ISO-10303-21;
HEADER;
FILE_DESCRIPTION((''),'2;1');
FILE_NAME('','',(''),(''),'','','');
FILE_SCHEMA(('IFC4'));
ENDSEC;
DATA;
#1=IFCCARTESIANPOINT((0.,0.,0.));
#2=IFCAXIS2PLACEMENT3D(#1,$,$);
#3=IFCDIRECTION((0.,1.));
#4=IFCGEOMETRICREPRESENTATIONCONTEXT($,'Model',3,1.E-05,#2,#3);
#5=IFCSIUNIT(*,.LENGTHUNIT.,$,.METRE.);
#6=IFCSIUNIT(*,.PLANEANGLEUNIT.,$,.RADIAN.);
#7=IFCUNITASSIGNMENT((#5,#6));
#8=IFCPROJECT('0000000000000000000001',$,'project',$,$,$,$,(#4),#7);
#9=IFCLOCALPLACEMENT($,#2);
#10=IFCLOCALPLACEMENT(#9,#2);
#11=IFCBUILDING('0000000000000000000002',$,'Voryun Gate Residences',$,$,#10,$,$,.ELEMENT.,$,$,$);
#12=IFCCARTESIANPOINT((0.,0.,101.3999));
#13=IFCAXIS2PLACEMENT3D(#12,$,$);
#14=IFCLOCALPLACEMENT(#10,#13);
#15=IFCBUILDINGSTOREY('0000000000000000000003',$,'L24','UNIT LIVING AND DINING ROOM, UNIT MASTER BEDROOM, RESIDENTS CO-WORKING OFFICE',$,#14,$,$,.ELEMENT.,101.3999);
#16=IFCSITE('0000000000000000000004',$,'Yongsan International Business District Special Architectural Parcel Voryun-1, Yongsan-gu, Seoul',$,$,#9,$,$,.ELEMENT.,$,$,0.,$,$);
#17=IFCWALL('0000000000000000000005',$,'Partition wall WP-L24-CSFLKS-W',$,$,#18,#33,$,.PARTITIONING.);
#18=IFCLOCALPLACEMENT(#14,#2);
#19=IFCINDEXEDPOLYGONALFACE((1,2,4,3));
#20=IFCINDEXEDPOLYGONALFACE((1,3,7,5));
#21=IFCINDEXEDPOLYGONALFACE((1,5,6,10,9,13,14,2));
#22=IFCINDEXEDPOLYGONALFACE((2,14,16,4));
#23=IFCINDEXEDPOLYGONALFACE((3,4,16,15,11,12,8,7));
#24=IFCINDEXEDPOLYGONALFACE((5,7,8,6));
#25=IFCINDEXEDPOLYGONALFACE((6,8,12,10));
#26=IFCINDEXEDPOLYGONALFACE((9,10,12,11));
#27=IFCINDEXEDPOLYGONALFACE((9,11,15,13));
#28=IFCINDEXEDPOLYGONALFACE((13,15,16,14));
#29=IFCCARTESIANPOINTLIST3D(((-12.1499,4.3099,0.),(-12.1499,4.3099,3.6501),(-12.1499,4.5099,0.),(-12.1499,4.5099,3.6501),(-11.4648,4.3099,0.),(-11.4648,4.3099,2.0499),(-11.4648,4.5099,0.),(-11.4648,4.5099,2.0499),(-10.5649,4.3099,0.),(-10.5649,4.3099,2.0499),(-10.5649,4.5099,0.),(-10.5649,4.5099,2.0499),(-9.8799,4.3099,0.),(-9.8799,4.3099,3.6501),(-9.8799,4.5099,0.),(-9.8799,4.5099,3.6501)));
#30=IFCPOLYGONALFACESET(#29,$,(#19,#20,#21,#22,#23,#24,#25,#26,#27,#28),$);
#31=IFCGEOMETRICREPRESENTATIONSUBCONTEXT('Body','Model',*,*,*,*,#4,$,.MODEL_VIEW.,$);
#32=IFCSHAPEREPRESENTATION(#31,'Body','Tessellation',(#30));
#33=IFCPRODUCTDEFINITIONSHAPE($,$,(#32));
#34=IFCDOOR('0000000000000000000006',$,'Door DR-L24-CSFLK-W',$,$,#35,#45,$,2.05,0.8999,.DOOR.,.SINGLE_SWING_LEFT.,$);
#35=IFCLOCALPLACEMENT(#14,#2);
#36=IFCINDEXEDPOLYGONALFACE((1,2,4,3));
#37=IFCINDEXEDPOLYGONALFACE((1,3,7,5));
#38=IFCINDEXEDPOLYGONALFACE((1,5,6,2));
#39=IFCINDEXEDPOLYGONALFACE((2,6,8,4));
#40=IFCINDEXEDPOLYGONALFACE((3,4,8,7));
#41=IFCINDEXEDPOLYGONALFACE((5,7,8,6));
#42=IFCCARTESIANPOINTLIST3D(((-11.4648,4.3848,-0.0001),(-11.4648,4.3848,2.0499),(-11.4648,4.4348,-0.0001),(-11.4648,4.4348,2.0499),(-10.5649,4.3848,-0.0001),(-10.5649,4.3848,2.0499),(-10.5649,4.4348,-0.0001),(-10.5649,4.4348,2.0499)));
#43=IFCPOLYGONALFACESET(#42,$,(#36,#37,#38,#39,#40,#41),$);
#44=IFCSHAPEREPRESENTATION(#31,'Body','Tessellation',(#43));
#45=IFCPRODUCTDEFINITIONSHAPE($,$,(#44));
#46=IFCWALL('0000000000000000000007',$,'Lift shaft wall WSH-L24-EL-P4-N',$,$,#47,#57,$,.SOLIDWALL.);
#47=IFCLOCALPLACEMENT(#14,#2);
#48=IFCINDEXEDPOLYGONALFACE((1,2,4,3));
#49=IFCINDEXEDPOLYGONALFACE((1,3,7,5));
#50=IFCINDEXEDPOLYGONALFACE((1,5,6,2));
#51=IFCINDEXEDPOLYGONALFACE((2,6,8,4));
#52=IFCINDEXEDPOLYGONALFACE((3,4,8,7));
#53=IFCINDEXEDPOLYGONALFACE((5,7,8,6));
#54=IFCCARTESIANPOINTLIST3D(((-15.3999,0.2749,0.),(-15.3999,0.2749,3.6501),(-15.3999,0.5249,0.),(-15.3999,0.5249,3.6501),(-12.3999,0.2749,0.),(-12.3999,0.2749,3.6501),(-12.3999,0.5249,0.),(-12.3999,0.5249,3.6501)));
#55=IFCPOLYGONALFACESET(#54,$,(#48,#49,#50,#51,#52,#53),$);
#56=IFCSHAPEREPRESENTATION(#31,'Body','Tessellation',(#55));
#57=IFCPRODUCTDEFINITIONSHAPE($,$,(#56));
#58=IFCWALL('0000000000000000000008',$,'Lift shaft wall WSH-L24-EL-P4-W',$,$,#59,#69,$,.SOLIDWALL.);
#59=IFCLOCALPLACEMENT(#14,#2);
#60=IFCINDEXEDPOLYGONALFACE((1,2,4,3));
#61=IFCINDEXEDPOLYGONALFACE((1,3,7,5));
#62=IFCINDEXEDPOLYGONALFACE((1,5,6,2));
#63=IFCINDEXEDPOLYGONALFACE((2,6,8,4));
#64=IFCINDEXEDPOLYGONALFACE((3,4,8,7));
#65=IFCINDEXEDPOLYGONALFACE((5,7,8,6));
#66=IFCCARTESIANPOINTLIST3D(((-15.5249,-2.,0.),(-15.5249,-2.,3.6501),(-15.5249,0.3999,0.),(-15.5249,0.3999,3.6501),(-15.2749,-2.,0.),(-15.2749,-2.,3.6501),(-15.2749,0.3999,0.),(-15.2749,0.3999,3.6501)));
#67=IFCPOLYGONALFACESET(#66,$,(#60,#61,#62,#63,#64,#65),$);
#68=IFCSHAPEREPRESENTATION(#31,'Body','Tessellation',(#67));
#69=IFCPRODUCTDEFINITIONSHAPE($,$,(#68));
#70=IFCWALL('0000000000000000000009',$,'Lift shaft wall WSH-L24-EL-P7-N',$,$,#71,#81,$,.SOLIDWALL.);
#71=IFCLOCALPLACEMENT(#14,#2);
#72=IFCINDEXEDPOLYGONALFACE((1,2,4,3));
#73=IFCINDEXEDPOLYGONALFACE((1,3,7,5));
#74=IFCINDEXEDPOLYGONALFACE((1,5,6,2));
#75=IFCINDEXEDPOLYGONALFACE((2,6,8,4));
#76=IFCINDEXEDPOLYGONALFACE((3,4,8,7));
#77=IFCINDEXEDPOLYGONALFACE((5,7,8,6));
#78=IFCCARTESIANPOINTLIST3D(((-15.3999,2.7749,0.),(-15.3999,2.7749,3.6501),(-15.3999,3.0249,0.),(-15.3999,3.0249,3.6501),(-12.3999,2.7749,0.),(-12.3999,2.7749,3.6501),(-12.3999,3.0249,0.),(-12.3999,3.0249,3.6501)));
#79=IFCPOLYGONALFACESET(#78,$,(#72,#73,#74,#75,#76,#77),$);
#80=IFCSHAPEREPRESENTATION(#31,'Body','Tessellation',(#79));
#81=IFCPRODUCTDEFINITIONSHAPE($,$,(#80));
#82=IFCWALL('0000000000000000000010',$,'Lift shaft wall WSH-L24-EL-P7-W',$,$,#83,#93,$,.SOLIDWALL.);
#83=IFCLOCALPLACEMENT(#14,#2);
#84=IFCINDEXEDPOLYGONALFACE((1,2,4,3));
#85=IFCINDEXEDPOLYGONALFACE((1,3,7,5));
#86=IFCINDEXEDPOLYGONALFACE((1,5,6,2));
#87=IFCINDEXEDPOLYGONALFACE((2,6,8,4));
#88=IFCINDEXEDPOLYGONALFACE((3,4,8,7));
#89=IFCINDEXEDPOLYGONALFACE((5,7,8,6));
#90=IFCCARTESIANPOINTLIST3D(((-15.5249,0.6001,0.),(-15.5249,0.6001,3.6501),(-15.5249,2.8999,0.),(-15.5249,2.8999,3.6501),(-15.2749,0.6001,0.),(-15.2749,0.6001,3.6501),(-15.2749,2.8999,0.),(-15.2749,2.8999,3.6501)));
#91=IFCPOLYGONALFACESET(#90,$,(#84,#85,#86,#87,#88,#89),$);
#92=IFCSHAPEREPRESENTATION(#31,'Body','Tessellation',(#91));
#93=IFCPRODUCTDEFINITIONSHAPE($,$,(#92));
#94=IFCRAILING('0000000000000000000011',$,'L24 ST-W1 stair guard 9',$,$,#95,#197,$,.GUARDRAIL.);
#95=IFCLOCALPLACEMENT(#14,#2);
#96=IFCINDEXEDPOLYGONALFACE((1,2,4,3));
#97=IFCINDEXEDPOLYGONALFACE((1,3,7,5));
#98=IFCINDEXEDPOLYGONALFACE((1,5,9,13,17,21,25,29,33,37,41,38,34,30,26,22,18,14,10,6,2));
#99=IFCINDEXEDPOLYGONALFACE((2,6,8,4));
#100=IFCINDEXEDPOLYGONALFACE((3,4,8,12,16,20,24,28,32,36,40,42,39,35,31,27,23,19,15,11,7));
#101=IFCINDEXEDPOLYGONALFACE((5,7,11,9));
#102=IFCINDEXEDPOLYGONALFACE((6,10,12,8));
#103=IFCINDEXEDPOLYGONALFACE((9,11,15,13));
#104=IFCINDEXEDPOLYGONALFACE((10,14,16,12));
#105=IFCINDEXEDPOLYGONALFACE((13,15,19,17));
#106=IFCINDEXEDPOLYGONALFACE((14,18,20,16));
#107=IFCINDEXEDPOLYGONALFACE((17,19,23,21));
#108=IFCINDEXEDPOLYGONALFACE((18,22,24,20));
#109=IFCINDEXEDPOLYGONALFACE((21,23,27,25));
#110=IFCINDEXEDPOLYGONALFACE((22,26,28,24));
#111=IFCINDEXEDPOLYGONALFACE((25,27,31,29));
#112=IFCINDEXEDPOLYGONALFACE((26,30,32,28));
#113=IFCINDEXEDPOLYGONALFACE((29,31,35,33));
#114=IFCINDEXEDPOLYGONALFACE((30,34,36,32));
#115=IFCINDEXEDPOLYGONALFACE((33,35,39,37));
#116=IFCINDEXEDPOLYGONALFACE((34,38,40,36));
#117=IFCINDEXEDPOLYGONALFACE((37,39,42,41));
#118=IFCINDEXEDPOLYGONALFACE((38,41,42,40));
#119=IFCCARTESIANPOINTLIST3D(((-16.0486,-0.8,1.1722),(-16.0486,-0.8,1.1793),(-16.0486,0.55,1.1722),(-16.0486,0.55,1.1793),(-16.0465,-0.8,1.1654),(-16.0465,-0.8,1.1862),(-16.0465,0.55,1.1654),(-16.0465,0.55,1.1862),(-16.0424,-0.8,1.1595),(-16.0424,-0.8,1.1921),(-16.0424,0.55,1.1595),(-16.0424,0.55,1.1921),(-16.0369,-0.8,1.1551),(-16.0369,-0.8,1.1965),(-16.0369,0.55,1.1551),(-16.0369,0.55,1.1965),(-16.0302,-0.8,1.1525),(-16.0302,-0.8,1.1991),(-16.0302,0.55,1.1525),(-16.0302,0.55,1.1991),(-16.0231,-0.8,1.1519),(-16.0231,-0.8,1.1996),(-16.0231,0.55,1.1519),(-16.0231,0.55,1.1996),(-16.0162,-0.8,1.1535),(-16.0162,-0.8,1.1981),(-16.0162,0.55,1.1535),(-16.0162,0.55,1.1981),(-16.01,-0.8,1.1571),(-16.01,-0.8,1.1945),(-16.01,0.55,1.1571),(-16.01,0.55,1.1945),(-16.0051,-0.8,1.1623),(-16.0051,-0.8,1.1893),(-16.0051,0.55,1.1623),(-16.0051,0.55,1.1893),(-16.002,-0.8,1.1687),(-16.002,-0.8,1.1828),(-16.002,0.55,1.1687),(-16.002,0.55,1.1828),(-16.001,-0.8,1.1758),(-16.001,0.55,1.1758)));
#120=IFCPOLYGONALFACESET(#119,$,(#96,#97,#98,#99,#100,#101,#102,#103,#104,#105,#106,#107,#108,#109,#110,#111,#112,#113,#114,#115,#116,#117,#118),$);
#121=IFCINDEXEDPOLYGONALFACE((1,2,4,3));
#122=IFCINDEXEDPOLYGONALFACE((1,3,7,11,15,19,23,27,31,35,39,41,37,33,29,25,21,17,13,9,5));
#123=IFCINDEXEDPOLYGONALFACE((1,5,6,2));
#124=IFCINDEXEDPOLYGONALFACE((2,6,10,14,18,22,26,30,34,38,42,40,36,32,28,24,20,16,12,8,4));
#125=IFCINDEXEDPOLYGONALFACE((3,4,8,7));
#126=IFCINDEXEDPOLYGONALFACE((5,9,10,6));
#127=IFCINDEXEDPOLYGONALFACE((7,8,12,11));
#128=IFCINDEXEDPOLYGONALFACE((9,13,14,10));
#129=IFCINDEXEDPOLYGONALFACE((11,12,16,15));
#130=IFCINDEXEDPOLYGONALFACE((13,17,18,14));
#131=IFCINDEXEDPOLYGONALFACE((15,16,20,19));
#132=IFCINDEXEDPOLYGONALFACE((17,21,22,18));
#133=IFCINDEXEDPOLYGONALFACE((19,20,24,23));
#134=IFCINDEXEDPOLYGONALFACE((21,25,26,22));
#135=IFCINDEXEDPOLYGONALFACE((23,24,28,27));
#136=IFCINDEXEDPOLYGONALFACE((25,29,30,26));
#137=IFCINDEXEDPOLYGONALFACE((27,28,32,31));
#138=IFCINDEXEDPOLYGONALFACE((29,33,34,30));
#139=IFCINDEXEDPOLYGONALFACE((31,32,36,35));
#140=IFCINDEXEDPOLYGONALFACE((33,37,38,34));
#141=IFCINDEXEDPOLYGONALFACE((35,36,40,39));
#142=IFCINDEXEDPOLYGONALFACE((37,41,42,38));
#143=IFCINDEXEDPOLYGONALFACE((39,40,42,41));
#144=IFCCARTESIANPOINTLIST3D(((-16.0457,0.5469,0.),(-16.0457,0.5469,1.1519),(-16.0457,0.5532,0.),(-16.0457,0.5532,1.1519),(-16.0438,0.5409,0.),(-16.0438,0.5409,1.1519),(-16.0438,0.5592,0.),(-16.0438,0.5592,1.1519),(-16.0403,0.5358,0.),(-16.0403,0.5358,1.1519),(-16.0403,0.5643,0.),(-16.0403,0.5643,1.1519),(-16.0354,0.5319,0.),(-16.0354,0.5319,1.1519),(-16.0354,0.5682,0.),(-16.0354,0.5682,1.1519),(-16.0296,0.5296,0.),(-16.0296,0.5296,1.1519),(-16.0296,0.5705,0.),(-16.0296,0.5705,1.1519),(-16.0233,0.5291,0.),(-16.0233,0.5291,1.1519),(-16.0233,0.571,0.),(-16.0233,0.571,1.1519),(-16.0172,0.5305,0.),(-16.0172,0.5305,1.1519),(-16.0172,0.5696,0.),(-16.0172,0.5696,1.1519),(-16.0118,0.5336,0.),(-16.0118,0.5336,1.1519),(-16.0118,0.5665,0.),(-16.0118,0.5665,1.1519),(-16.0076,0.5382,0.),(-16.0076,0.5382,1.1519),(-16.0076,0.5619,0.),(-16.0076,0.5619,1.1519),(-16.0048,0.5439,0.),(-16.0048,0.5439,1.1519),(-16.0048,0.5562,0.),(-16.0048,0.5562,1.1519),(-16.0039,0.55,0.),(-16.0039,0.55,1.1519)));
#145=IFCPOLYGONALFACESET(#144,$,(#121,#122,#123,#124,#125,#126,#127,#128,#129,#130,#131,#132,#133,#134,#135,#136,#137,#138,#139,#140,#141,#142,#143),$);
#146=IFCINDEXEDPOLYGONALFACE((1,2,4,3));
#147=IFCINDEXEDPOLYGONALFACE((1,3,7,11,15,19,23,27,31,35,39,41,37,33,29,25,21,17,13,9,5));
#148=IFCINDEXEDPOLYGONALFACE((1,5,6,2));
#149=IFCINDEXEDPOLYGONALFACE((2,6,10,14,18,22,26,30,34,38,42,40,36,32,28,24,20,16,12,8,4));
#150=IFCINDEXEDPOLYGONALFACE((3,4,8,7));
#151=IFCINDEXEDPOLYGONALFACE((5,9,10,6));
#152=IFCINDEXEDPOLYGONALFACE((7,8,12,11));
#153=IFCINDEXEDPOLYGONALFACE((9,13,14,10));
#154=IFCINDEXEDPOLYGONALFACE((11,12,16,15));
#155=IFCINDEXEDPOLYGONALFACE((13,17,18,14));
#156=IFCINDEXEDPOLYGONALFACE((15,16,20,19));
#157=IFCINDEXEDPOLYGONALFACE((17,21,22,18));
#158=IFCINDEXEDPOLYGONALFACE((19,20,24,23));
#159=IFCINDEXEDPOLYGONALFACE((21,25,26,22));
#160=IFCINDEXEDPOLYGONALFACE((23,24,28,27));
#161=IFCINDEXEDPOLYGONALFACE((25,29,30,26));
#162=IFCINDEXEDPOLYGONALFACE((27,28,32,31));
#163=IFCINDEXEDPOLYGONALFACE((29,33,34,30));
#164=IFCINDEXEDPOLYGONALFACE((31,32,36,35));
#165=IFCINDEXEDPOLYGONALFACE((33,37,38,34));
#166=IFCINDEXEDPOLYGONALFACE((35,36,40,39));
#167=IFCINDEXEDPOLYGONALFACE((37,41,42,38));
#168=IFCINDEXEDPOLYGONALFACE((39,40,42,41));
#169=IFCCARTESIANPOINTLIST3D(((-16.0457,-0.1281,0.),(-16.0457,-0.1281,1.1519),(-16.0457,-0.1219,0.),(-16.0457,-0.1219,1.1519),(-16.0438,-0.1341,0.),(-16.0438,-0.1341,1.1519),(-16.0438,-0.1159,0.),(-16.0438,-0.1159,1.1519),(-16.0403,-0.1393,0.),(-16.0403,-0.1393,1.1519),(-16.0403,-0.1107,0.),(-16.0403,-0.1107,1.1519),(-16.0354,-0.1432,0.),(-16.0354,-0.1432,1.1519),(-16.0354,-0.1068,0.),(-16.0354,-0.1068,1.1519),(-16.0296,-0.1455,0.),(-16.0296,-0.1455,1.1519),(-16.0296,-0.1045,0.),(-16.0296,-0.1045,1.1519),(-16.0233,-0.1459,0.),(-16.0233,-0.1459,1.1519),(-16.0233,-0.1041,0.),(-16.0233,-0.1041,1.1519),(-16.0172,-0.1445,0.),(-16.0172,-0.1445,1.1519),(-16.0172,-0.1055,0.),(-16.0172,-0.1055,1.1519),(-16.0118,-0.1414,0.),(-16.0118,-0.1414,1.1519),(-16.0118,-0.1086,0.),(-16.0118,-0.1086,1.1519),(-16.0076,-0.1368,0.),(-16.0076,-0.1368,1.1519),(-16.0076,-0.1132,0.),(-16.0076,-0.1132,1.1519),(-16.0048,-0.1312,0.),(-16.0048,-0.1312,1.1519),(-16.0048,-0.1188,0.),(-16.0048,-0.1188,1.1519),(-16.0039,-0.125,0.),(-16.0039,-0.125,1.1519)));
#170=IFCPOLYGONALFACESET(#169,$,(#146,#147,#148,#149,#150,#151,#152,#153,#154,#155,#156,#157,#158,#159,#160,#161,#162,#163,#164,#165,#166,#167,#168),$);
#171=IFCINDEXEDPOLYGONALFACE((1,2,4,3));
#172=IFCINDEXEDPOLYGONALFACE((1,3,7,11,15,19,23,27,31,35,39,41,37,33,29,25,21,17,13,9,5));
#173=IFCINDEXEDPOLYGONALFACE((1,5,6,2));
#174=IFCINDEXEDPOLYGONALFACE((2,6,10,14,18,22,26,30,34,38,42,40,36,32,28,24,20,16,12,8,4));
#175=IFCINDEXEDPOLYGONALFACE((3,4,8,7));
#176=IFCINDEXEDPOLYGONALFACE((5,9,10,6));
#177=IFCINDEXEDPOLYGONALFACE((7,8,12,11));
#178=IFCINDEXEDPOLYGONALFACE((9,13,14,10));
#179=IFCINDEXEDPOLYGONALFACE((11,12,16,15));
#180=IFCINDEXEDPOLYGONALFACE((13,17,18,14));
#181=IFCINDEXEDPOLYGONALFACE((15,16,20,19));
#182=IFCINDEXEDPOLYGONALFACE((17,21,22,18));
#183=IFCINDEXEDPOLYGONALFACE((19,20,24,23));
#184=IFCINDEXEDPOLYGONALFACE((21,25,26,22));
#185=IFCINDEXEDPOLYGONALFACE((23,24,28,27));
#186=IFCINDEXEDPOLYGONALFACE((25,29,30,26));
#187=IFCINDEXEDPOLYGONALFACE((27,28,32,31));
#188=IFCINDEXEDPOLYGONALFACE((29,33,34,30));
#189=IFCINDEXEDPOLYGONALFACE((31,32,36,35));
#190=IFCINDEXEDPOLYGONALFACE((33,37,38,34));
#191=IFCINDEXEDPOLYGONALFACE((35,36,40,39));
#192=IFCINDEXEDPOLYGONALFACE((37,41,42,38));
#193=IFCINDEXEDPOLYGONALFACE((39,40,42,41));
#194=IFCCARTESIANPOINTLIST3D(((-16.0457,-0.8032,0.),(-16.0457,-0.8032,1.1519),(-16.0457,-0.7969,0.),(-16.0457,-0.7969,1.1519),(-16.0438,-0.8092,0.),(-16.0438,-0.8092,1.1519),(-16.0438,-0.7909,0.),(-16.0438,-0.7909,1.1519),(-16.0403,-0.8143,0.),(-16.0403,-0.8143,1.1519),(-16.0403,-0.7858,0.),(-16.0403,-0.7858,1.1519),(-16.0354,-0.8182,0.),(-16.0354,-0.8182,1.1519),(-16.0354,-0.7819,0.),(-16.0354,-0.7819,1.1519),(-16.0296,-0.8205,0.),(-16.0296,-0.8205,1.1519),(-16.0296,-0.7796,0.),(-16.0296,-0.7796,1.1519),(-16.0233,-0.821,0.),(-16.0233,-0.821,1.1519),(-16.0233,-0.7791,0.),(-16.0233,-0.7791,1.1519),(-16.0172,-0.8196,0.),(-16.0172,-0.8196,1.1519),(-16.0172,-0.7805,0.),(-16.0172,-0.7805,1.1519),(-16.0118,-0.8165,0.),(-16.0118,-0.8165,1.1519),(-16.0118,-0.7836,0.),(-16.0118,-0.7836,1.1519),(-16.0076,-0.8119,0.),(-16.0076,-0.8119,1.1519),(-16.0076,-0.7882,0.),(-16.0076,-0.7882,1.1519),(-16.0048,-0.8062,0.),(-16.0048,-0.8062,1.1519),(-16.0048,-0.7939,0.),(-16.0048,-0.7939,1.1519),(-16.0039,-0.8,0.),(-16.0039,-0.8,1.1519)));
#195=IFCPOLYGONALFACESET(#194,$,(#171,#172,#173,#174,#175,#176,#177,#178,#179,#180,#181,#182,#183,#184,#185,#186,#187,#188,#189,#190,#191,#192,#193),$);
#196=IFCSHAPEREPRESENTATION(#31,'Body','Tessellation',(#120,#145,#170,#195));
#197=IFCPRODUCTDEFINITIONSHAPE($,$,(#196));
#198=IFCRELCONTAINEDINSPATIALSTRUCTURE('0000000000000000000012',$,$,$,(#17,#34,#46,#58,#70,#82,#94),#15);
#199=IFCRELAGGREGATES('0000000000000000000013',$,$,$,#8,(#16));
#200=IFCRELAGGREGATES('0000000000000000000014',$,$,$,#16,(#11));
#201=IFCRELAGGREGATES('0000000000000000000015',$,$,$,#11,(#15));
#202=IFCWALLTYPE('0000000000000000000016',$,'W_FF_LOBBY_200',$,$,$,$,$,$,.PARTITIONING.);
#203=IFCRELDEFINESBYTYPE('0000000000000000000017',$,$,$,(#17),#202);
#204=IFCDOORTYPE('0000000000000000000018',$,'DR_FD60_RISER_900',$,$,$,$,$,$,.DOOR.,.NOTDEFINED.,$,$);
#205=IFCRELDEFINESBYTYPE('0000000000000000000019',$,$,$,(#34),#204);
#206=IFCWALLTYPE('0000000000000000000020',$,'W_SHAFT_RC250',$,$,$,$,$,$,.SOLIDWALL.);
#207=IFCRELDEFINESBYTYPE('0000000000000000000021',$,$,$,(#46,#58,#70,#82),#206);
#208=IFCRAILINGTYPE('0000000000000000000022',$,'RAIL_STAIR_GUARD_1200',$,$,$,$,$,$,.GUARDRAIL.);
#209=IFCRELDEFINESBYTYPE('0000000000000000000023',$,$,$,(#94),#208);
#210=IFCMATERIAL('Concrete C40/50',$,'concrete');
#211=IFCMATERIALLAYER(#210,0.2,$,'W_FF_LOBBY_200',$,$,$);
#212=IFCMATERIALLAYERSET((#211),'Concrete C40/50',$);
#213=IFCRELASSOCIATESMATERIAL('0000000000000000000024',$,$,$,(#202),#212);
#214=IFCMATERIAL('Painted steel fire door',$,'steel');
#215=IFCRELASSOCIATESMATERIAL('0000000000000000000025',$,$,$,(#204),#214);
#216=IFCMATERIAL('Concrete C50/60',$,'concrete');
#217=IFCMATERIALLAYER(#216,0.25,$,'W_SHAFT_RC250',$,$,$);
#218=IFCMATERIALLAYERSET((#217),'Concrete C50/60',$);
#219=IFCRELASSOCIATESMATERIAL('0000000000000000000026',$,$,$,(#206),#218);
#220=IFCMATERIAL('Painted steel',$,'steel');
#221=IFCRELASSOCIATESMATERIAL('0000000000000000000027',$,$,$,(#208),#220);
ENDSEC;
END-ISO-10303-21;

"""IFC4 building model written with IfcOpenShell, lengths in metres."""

from ifc_helpers import new_model, si_unit, direction, frame, frame_2d, origin, origin_2d, place, context, subcontext, project, spatial, rectangle, circle, extrude, material, layer, layer_set, type_object, element, fill, save


model = new_model("IFC4")

# Units and contexts
model_context = context("Model", 3, precision=1e-05, world=origin(), true_north=direction((0.0, 1.0)))
body_context = subcontext(model_context, "Body", "Model", "MODEL_VIEW")
ifc_project = project(units=[si_unit("LENGTHUNIT", "METRE"), si_unit("PLANEANGLEUNIT", "RADIAN")], contexts=[model_context])

# Site, building, storey
site_placement = place(None, origin())
site = spatial("IfcSite", under=ifc_project, at=site_placement, Name="Yongsan International Business District Special Architectural Parcel Voryun-1, Yongsan-gu, Seoul", CompositionType="ELEMENT", RefElevation=0.0)
building_placement = place(site_placement, origin())
building = spatial("IfcBuilding", under=site, at=building_placement, Name="Voryun Gate Residences", CompositionType="ELEMENT")
storey_placement = place(building_placement, frame((0.0, 0.0, 101.3999)))
storey = spatial("IfcBuildingStorey", under=building, at=storey_placement, Name="L24", Description="UNIT LIVING AND DINING ROOM, UNIT MASTER BEDROOM, RESIDENTS CO-WORKING OFFICE", CompositionType="ELEMENT", Elevation=101.3999)

# Shared definitions
ifc_material_1 = material(Name="Concrete C40/50", Category="concrete")
ifc_layer_1 = layer(ifc_material_1, 0.2, Name="W_FF_LOBBY_200")
ifc_layer_set_1 = layer_set([ifc_layer_1], Name="Concrete C40/50")
wall_type_1 = type_object("IfcWallType", Name="W_FF_LOBBY_200", PredefinedType="PARTITIONING", material=ifc_layer_set_1)

# Wall, opening, door
wall_1_placement = place(storey_placement, frame((-12.1499, 4.4099, 0.0), z_axis=(0.0, 0.0, 1.0), x_axis=(1.0, 0.0, 0.0)))
wall_1 = element("IfcWall", 1, at=wall_1_placement, inside=storey, type_object=wall_type_1, Name="Partition wall WP-L24-CSFLKS-W", PredefinedType="PARTITIONING", context=body_context, shape_type="SweptSolid", body=[
    extrude(rectangle(XDim=2.27, YDim=0.2, at=frame_2d((1.135, 0.0))), origin(), (0.0, 0.0, 1.0), 3.6501),
])
opening_placement = place(wall_1_placement, frame((0.6851, 0.0, 0.0)))
opening = element("IfcOpeningElement", 2, at=opening_placement, cuts=wall_1, PredefinedType="OPENING", context=body_context, shape_type="SweptSolid", body=[
    extrude(rectangle(XDim=0.8999, YDim=2.05, at=frame_2d((0.45, 1.0249))), frame((0.0, 0.1101, 0.0), z_axis=(0.0, -1.0, 0.0), x_axis=(1.0, 0.0, 0.0)), (0.0, 0.0, 1.0), 0.22),
])
ifc_material_2 = material(Name="Painted steel fire door", Category="steel")
door_type = type_object("IfcDoorType", Name="DR_FD60_RISER_900", OperationType="NOTDEFINED", PredefinedType="DOOR", material=ifc_material_2)
door_placement = place(opening_placement, origin())
door = element("IfcDoor", 3, at=door_placement, inside=storey, type_object=door_type, Name="Door DR-L24-CSFLK-W", OperationType="SINGLE_SWING_LEFT", OverallHeight=2.05, OverallWidth=0.8999, PredefinedType="DOOR", context=body_context, shape_type="SweptSolid", body=[
    extrude(rectangle(XDim=0.8999, YDim=2.05, at=frame_2d((0.45, 1.0249))), frame((0.0, 0.0249, 0.0), z_axis=(0.0, -1.0, 0.0), x_axis=(1.0, 0.0, 0.0)), (0.0, 0.0, 1.0), 0.05),
])
fill(opening, door)

# Walls
ifc_material_3 = material(Name="Concrete C50/60", Category="concrete")
ifc_layer_2 = layer(ifc_material_3, 0.25, Name="W_SHAFT_RC250")
ifc_layer_set_2 = layer_set([ifc_layer_2], Name="Concrete C50/60")
wall_type_2 = type_object("IfcWallType", Name="W_SHAFT_RC250", PredefinedType="SOLIDWALL", material=ifc_layer_set_2)
wall_2_placement = place(storey_placement, frame((-12.3999, 0.3999, 0.0), z_axis=(0.0, 0.0, 1.0), x_axis=(-1.0, 0.0, 0.0)))
element("IfcWall", 4, at=wall_2_placement, inside=storey, type_object=wall_type_2, Name="Lift shaft wall WSH-L24-EL-P4-N", PredefinedType="SOLIDWALL", context=body_context, shape_type="SweptSolid", body=[
    extrude(rectangle(XDim=3.0, YDim=0.25, at=frame_2d((1.5, 0.0))), origin(), (0.0, 0.0, 1.0), 3.6501),
])
wall_3_placement = place(storey_placement, frame((-15.3999, 0.3999, 0.0), z_axis=(0.0, 0.0, 1.0), x_axis=(0.0, -1.0, 0.0)))
element("IfcWall", 5, at=wall_3_placement, inside=storey, type_object=wall_type_2, Name="Lift shaft wall WSH-L24-EL-P4-W", PredefinedType="SOLIDWALL", context=body_context, shape_type="SweptSolid", body=[
    extrude(rectangle(XDim=2.3999, YDim=0.25, at=frame_2d((1.2, 0.0))), origin(), (0.0, 0.0, 1.0), 3.6501),
])
wall_4_placement = place(storey_placement, frame((-12.3999, 2.8999, 0.0), z_axis=(0.0, 0.0, 1.0), x_axis=(-1.0, 0.0, 0.0)))
element("IfcWall", 6, at=wall_4_placement, inside=storey, type_object=wall_type_2, Name="Lift shaft wall WSH-L24-EL-P7-N", PredefinedType="SOLIDWALL", context=body_context, shape_type="SweptSolid", body=[
    extrude(rectangle(XDim=3.0, YDim=0.25, at=frame_2d((1.5, 0.0))), origin(), (0.0, 0.0, 1.0), 3.6501),
])
wall_5_placement = place(storey_placement, frame((-15.3999, 2.8999, 0.0), z_axis=(0.0, 0.0, 1.0), x_axis=(0.0, -1.0, 0.0)))
element("IfcWall", 7, at=wall_5_placement, inside=storey, type_object=wall_type_2, Name="Lift shaft wall WSH-L24-EL-P7-W", PredefinedType="SOLIDWALL", context=body_context, shape_type="SweptSolid", body=[
    extrude(rectangle(XDim=2.2998, YDim=0.25, at=frame_2d((1.1499, 0.0))), origin(), (0.0, 0.0, 1.0), 3.6501),
])

# Railing
ifc_material_4 = material(Name="Painted steel", Category="steel")
railing_type = type_object("IfcRailingType", Name="RAIL_STAIR_GUARD_1200", PredefinedType="GUARDRAIL", material=ifc_material_4)
railing_1_placement = place(storey_placement, frame((-16.0249, 0.55, 0.0)))
element("IfcRailing", 8, at=railing_1_placement, inside=storey, type_object=railing_type, Name="L24 ST-W1 stair guard 9", PredefinedType="GUARDRAIL", context=body_context, shape_type="SweptSolid", body=[
    extrude(circle(Radius=0.0239, at=origin_2d()), frame((0.0, 0.0, 1.1758), z_axis=(0.0, -1.0, 0.0), x_axis=(1.0, 0.0, 0.0)), (0.0, 0.0, 1.0), 1.3501),
    extrude(circle(Radius=0.021, at=origin_2d()), origin(), (0.0, 0.0, 1.0), 1.1519),
    extrude(circle(Radius=0.021, at=origin_2d()), frame((0.0, -0.675, 0.0)), (0.0, 0.0, 1.0), 1.1519),
    extrude(circle(Radius=0.021, at=origin_2d()), frame((0.0, -1.3501, 0.0)), (0.0, 0.0, 1.0), 1.1519),
])

save(model, "model.ifc")
